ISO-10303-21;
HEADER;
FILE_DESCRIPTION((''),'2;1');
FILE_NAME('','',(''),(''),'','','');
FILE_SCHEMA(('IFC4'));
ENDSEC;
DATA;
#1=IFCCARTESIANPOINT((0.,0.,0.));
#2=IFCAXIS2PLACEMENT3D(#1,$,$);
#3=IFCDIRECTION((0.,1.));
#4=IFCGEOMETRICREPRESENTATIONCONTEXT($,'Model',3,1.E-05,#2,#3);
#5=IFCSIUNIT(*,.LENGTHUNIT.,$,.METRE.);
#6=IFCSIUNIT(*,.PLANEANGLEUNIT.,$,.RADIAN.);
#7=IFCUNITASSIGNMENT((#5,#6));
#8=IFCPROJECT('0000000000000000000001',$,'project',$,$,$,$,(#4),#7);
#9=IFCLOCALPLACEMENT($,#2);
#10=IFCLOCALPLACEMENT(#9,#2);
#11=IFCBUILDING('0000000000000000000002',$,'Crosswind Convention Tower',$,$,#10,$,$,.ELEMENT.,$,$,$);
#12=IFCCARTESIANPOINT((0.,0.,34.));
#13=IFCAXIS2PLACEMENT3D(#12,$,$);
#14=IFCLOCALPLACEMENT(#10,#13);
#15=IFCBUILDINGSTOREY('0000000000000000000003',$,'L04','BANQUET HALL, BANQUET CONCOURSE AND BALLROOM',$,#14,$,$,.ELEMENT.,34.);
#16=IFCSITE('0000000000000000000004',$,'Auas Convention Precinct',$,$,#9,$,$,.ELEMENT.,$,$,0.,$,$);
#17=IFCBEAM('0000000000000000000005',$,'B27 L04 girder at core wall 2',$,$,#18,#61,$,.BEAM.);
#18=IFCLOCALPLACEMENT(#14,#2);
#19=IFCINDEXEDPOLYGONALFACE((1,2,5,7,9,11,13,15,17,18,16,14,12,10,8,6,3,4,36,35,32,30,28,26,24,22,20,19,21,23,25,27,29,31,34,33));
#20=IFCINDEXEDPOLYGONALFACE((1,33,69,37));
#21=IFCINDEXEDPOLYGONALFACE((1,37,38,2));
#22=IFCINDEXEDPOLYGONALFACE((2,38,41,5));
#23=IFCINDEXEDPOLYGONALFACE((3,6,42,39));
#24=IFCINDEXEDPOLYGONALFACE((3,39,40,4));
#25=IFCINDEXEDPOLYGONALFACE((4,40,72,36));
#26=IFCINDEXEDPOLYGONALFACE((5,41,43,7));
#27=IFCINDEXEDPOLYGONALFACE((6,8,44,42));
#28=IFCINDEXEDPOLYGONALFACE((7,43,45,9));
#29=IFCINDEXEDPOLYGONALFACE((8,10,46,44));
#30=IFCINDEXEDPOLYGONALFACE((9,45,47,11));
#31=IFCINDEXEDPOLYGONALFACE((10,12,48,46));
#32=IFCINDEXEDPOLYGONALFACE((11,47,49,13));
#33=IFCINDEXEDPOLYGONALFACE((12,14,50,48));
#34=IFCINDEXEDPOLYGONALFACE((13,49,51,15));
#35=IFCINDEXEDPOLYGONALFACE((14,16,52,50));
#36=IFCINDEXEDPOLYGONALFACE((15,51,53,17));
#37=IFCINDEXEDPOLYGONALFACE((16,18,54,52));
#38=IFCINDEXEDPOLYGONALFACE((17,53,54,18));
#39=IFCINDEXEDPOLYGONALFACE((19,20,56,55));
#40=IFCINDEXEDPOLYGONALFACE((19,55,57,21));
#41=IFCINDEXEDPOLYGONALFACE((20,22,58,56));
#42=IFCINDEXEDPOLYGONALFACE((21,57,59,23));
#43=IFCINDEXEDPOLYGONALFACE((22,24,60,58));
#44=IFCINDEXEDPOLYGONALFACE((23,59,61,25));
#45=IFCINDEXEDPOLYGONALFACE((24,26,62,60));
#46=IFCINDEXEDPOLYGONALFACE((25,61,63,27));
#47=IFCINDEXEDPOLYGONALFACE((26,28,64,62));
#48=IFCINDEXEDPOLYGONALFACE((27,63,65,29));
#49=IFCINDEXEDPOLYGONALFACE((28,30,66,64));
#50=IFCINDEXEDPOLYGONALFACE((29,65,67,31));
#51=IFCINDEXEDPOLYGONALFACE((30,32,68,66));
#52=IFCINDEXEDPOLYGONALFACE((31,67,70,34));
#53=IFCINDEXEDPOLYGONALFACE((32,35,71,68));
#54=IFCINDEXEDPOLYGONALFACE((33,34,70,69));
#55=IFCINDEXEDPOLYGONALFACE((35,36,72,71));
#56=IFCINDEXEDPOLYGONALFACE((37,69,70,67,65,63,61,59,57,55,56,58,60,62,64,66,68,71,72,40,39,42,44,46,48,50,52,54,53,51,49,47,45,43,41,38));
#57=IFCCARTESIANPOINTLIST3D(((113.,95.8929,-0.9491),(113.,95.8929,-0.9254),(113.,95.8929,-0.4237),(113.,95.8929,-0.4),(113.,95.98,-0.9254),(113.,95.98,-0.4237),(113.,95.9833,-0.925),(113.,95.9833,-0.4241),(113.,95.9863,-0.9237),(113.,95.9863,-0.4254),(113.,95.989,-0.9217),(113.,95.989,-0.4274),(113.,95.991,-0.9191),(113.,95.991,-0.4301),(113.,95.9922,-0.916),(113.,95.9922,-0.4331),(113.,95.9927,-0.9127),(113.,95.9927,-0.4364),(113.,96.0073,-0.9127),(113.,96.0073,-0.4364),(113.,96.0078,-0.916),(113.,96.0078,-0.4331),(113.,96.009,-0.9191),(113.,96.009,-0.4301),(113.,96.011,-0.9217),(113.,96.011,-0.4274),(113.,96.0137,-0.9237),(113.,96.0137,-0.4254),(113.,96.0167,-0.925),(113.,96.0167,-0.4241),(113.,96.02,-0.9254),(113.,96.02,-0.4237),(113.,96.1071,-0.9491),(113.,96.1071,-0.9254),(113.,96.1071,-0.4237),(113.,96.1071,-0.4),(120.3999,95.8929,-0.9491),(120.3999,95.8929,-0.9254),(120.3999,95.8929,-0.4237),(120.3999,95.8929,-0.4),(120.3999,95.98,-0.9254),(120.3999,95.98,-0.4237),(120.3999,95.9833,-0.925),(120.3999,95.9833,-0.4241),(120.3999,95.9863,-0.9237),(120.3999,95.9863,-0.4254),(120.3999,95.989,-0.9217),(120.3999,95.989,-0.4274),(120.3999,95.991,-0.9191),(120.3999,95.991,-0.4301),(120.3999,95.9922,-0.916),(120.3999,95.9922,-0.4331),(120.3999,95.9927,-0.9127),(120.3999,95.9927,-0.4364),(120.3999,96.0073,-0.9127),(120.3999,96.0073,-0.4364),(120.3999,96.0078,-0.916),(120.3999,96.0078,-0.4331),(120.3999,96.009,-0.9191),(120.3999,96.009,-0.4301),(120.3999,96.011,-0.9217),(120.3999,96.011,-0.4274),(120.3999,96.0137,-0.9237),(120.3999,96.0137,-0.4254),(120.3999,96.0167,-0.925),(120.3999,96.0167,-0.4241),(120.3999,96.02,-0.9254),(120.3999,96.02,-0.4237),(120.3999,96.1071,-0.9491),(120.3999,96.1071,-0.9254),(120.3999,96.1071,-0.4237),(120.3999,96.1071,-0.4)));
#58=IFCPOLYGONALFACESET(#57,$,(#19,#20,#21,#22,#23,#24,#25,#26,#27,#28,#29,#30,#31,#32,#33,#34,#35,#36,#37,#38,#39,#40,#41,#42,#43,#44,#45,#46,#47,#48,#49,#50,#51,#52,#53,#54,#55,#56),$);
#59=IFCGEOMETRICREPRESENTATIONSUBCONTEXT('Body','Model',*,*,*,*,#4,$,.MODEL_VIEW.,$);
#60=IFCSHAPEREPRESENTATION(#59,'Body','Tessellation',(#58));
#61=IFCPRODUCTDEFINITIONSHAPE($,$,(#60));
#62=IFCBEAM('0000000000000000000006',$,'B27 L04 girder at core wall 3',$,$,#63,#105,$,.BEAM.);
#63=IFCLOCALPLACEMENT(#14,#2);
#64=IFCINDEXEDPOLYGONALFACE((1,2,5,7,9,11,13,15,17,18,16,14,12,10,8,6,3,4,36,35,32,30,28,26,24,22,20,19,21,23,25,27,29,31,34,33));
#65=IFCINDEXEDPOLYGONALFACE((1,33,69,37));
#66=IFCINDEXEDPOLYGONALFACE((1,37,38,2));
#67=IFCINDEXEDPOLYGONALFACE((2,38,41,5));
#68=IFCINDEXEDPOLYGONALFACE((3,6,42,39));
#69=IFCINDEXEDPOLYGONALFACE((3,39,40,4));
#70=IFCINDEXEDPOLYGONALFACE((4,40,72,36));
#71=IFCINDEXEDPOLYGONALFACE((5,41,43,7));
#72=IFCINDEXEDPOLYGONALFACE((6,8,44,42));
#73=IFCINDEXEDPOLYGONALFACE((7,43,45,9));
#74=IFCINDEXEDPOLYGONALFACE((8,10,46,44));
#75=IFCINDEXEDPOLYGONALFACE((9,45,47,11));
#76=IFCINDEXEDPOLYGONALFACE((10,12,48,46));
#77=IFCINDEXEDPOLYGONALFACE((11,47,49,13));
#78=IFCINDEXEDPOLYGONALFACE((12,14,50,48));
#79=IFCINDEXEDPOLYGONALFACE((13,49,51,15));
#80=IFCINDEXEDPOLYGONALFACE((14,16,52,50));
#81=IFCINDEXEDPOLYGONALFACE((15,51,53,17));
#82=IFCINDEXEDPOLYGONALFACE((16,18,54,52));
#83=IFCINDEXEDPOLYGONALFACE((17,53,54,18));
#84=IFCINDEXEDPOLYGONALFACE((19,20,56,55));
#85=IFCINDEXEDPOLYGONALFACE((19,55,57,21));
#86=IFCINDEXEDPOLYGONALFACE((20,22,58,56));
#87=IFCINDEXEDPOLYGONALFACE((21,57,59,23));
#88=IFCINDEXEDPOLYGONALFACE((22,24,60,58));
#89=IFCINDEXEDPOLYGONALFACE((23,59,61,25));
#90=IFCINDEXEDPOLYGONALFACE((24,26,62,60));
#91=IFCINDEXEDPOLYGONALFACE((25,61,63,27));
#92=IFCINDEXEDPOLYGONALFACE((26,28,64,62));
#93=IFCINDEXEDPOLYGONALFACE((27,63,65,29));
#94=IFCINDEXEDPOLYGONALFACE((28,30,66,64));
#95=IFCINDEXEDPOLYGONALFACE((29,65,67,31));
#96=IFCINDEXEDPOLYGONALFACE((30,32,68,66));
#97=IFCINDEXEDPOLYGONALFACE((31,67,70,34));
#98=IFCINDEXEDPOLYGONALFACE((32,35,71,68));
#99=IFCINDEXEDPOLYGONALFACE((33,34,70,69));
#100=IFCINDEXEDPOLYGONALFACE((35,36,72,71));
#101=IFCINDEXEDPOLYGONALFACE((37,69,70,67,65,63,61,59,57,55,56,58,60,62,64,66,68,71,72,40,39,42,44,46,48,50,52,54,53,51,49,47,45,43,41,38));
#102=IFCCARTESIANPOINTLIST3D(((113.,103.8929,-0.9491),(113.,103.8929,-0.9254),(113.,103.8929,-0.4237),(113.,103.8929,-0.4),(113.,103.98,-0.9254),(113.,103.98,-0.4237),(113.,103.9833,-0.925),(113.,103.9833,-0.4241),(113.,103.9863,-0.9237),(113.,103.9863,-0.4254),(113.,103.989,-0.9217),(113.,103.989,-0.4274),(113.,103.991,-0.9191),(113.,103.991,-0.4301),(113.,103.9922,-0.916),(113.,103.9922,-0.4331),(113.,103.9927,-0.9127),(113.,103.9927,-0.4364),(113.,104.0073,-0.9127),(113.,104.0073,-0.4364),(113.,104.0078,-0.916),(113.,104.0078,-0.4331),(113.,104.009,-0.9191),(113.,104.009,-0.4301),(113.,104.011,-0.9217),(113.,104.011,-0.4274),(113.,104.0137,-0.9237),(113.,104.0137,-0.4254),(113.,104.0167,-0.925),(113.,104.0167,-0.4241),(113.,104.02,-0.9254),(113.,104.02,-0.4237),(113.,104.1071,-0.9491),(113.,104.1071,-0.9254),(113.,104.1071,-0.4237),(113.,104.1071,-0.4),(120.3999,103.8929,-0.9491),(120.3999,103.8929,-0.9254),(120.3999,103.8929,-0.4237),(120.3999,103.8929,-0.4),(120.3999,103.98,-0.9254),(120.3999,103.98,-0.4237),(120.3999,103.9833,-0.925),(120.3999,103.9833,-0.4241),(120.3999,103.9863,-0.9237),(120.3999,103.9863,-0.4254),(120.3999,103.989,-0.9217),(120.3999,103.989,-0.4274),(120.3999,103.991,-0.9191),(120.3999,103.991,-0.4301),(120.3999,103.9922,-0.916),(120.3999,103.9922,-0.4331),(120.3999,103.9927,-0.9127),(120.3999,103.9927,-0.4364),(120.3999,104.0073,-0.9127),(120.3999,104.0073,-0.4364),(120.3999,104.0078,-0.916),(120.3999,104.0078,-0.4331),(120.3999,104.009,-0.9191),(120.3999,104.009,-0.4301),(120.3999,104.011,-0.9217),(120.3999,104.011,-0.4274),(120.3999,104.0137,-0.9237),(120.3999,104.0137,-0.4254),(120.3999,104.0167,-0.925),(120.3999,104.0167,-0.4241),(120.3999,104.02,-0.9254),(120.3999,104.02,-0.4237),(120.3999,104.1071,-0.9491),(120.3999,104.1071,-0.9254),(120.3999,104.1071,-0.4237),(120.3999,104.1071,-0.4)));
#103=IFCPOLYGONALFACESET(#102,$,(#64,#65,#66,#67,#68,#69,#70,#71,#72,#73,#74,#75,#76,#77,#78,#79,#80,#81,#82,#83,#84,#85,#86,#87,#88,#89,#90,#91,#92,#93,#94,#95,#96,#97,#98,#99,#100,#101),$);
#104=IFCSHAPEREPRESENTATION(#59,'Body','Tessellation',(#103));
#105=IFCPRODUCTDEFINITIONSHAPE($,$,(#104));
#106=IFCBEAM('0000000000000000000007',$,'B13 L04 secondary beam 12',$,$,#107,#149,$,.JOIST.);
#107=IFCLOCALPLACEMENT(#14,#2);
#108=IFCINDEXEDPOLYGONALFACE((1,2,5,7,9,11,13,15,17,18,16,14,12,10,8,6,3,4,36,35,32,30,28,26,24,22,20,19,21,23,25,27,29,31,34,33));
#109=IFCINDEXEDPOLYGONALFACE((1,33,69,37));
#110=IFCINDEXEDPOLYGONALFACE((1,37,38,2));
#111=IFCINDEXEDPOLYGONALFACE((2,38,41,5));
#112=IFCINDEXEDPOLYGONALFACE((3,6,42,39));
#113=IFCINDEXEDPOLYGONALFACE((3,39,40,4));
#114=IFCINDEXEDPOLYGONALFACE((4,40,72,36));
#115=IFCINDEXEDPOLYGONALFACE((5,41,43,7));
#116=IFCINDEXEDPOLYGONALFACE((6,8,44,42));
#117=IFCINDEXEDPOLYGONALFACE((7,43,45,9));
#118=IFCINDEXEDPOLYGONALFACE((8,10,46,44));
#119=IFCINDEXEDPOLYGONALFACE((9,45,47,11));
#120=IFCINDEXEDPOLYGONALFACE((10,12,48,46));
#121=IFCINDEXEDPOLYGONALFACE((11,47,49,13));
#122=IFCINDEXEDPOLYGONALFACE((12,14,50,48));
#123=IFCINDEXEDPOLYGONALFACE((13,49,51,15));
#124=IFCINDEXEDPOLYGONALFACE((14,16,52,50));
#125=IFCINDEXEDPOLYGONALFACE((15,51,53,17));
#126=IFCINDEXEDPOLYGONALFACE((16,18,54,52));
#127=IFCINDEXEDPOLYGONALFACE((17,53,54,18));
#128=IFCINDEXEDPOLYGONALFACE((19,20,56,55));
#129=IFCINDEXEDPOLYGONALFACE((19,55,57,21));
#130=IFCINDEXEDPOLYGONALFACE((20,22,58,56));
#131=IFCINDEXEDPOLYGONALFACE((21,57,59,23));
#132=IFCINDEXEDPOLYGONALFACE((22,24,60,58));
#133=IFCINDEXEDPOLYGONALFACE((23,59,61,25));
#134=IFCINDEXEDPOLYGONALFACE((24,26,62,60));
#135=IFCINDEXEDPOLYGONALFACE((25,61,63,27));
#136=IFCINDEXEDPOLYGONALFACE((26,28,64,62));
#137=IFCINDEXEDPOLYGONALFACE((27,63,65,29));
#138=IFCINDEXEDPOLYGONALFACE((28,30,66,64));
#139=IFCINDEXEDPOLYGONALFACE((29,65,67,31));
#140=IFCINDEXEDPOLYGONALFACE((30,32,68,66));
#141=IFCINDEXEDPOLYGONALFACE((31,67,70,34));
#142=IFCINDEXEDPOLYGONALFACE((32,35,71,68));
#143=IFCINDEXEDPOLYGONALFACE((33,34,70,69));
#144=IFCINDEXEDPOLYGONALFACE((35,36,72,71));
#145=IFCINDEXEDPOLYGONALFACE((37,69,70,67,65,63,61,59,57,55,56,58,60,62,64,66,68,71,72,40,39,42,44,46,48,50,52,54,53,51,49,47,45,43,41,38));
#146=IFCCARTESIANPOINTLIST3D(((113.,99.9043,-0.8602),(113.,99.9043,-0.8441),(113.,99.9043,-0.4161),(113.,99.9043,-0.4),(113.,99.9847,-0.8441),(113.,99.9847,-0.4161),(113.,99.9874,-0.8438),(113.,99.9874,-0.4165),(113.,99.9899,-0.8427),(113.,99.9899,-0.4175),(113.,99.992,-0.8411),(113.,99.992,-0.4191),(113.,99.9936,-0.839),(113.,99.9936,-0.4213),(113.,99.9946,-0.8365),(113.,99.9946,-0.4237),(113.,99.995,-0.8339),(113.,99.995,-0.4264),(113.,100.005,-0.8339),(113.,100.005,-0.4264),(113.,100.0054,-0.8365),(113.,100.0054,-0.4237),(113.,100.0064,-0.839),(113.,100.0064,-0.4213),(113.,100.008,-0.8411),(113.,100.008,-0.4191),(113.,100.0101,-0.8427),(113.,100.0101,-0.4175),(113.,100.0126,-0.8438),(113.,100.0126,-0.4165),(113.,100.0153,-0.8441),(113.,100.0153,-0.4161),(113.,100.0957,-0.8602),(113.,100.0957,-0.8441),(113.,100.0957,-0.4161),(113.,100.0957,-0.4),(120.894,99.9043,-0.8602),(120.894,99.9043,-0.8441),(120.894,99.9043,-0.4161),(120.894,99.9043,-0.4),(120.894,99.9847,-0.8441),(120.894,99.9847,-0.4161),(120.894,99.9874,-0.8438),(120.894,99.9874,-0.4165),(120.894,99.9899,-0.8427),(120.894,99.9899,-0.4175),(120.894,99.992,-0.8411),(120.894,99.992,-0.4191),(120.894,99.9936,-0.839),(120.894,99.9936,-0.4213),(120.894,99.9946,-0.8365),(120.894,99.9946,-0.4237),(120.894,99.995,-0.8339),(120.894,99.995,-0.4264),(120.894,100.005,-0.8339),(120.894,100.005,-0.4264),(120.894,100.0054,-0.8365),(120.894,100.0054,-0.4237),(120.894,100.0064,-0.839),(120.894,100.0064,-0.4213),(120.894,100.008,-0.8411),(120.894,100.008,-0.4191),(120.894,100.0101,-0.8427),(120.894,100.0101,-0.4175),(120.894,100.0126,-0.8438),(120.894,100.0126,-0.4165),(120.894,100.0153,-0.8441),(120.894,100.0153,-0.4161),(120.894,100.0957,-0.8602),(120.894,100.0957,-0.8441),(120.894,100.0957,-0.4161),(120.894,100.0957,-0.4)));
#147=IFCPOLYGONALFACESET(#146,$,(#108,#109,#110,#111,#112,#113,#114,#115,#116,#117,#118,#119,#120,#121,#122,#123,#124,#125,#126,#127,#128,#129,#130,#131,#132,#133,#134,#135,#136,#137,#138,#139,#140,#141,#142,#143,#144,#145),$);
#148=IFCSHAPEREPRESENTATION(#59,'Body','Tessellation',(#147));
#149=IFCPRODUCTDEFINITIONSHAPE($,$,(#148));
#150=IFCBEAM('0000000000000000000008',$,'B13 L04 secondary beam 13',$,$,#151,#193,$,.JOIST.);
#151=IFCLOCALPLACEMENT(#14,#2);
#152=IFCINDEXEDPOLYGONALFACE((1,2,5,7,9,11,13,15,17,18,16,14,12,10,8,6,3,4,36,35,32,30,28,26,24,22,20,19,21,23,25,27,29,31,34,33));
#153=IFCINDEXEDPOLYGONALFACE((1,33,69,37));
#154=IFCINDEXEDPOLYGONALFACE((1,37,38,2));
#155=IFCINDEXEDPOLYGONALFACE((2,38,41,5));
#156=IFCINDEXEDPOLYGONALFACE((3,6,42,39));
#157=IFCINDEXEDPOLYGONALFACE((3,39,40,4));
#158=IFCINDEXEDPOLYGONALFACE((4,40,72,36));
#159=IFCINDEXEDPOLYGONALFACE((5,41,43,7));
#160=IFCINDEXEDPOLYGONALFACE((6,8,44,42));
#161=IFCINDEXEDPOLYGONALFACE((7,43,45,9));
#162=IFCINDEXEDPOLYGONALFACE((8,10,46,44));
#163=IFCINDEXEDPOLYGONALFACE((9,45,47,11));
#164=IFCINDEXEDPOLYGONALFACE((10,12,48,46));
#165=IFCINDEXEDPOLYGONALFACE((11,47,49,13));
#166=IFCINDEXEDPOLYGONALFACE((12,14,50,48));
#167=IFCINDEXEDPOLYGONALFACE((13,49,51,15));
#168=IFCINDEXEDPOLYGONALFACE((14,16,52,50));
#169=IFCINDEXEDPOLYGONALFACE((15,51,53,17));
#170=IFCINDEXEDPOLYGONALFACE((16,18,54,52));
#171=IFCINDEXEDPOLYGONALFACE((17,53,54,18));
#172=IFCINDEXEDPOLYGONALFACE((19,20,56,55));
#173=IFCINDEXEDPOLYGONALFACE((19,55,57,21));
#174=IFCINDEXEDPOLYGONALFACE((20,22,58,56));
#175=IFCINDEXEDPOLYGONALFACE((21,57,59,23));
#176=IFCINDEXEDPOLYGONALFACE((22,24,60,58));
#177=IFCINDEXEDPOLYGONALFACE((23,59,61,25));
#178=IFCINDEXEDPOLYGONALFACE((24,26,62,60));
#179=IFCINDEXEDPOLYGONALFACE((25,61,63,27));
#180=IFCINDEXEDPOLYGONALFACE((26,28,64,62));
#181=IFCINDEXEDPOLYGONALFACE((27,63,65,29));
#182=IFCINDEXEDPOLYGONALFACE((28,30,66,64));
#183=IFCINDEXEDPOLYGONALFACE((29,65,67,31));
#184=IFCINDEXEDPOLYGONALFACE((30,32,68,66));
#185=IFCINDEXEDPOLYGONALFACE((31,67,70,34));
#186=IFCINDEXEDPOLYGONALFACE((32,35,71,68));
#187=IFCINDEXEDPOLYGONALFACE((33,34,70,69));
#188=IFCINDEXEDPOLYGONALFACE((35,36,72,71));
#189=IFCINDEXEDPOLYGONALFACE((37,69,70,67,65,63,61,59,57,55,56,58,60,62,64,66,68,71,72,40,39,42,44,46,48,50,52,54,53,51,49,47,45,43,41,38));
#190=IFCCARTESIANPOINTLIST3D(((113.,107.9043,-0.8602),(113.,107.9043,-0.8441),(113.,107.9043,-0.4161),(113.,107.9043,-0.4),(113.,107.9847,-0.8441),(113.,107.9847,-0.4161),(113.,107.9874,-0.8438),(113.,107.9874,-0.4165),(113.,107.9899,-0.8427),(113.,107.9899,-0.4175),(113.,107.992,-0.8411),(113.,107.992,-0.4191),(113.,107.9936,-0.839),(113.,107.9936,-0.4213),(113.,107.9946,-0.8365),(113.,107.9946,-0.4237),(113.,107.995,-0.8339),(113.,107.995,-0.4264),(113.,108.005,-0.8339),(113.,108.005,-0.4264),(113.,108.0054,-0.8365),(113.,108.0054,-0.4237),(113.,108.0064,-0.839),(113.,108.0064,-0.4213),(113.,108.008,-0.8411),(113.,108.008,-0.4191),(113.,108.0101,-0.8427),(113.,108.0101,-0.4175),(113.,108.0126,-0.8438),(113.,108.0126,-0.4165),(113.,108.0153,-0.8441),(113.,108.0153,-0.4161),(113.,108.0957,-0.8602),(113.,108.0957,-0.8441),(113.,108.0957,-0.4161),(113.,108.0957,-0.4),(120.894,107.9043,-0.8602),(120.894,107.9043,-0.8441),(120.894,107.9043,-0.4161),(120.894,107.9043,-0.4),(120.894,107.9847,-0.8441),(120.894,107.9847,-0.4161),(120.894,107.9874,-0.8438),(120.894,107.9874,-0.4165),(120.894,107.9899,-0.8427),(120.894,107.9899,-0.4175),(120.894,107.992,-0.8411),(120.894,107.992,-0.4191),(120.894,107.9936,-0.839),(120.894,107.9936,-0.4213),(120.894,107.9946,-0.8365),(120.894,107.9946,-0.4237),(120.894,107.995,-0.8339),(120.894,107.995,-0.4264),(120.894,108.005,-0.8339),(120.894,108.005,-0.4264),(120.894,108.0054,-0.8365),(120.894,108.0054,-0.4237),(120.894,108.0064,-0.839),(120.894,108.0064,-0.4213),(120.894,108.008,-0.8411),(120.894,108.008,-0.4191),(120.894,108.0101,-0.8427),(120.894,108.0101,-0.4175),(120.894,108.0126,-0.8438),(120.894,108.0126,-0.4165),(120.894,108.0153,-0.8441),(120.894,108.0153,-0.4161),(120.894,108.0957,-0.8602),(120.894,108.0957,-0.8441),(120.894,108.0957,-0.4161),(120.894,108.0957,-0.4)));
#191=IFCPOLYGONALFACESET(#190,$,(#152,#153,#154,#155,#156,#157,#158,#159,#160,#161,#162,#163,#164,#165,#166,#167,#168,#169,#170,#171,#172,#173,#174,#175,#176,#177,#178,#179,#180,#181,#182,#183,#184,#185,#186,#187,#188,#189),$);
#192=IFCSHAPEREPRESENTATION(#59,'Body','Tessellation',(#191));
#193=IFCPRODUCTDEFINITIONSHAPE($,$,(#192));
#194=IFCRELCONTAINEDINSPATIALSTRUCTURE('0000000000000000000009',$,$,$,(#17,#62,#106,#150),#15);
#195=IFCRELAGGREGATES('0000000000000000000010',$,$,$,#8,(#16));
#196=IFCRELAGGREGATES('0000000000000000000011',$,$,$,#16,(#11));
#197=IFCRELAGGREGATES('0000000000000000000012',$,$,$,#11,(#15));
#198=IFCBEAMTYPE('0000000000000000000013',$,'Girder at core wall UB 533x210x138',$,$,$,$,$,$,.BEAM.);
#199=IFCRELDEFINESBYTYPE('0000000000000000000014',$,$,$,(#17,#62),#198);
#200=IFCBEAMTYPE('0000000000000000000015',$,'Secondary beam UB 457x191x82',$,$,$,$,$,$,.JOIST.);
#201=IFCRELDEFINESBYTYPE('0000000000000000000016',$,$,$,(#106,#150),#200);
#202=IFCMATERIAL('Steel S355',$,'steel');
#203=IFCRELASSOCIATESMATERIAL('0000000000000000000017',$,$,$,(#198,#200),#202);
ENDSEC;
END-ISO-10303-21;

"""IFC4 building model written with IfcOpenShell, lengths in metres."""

from ifc_helpers import new_model, si_unit, direction, frame, origin, origin_2d, place, context, subcontext, project, spatial, i_section, extrude, material, material_profile, profile_set, type_object, element, save


model = new_model("IFC4")

# Units and contexts
model_context = context("Model", 3, precision=1e-05, world=origin(), true_north=direction((0.0, 1.0)))
body_context = subcontext(model_context, "Body", "Model", "MODEL_VIEW")
ifc_project = project(units=[si_unit("LENGTHUNIT", "METRE"), si_unit("PLANEANGLEUNIT", "RADIAN")], contexts=[model_context])

# Site, building, storey
site_placement = place(None, origin())
site = spatial("IfcSite", under=ifc_project, at=site_placement, Name="Auas Convention Precinct", CompositionType="ELEMENT", RefElevation=0.0)
building_placement = place(site_placement, origin())
building = spatial("IfcBuilding", under=site, at=building_placement, Name="Crosswind Convention Tower", CompositionType="ELEMENT")
storey_placement = place(building_placement, frame((0.0, 0.0, 34.0)))
storey = spatial("IfcBuildingStorey", under=building, at=storey_placement, Name="L04", Description="BANQUET HALL, BANQUET CONCOURSE AND BALLROOM", CompositionType="ELEMENT", Elevation=34.0)

# Beams
ifc_material_1 = material(Name="Steel S355", Category="steel")
ifc_material_profile_1 = material_profile(ifc_material_1, i_section(OverallWidth=0.2141, OverallDepth=0.5491, WebThickness=0.0146, FlangeThickness=0.0237, FilletRadius=0.0127, at=origin_2d()), Name="UB 533x210x138")
ifc_profile_set_1 = profile_set([ifc_material_profile_1], Name="Steel S355")
beam_type_1 = type_object("IfcBeamType", Name="Girder at core wall UB 533x210x138", PredefinedType="BEAM", material=ifc_profile_set_1)
for number, where, z_axis, x_axis, name in (
    (1, (113.0, 96.0, -0.6746), (1.0, 0.0, 0.0), (0.0, 1.0, 0.0), "B27 L04 girder at core wall 2"),
    (2, (113.0, 104.0, -0.6746), (1.0, 0.0, 0.0), (0.0, 1.0, 0.0), "B27 L04 girder at core wall 3"),
):
    element("IfcBeam", number, at=place(storey_placement, frame(where, z_axis=z_axis, x_axis=x_axis)), inside=storey, type_object=beam_type_1, Name=name, PredefinedType="BEAM", context=body_context, shape_type="SweptSolid", body=[
        extrude(i_section(OverallWidth=0.2141, OverallDepth=0.5491, WebThickness=0.0146, FlangeThickness=0.0237, FilletRadius=0.0127, at=origin_2d()), origin(), (0.0, 0.0, 1.0), 7.3999),
    ])
ifc_material_profile_2 = material_profile(ifc_material_1, i_section(OverallWidth=0.1914, OverallDepth=0.4602, WebThickness=0.01, FlangeThickness=0.0161, FilletRadius=0.0103, at=origin_2d()), Name="UB 457x191x82")
ifc_profile_set_2 = profile_set([ifc_material_profile_2], Name="Steel S355")
beam_type_2 = type_object("IfcBeamType", Name="Secondary beam UB 457x191x82", PredefinedType="JOIST", material=ifc_profile_set_2)
for number, where, z_axis, x_axis, name in (
    (3, (113.0, 100.0, -0.6301), (1.0, 0.0, 0.0), (0.0, 1.0, 0.0), "B13 L04 secondary beam 12"),
    (4, (113.0, 108.0, -0.6301), (1.0, 0.0, 0.0), (0.0, 1.0, 0.0), "B13 L04 secondary beam 13"),
):
    element("IfcBeam", number, at=place(storey_placement, frame(where, z_axis=z_axis, x_axis=x_axis)), inside=storey, type_object=beam_type_2, Name=name, PredefinedType="JOIST", context=body_context, shape_type="SweptSolid", body=[
        extrude(i_section(OverallWidth=0.1914, OverallDepth=0.4602, WebThickness=0.01, FlangeThickness=0.0161, FilletRadius=0.0103, at=origin_2d()), origin(), (0.0, 0.0, 1.0), 7.894),
    ])

save(model, "model.ifc")
